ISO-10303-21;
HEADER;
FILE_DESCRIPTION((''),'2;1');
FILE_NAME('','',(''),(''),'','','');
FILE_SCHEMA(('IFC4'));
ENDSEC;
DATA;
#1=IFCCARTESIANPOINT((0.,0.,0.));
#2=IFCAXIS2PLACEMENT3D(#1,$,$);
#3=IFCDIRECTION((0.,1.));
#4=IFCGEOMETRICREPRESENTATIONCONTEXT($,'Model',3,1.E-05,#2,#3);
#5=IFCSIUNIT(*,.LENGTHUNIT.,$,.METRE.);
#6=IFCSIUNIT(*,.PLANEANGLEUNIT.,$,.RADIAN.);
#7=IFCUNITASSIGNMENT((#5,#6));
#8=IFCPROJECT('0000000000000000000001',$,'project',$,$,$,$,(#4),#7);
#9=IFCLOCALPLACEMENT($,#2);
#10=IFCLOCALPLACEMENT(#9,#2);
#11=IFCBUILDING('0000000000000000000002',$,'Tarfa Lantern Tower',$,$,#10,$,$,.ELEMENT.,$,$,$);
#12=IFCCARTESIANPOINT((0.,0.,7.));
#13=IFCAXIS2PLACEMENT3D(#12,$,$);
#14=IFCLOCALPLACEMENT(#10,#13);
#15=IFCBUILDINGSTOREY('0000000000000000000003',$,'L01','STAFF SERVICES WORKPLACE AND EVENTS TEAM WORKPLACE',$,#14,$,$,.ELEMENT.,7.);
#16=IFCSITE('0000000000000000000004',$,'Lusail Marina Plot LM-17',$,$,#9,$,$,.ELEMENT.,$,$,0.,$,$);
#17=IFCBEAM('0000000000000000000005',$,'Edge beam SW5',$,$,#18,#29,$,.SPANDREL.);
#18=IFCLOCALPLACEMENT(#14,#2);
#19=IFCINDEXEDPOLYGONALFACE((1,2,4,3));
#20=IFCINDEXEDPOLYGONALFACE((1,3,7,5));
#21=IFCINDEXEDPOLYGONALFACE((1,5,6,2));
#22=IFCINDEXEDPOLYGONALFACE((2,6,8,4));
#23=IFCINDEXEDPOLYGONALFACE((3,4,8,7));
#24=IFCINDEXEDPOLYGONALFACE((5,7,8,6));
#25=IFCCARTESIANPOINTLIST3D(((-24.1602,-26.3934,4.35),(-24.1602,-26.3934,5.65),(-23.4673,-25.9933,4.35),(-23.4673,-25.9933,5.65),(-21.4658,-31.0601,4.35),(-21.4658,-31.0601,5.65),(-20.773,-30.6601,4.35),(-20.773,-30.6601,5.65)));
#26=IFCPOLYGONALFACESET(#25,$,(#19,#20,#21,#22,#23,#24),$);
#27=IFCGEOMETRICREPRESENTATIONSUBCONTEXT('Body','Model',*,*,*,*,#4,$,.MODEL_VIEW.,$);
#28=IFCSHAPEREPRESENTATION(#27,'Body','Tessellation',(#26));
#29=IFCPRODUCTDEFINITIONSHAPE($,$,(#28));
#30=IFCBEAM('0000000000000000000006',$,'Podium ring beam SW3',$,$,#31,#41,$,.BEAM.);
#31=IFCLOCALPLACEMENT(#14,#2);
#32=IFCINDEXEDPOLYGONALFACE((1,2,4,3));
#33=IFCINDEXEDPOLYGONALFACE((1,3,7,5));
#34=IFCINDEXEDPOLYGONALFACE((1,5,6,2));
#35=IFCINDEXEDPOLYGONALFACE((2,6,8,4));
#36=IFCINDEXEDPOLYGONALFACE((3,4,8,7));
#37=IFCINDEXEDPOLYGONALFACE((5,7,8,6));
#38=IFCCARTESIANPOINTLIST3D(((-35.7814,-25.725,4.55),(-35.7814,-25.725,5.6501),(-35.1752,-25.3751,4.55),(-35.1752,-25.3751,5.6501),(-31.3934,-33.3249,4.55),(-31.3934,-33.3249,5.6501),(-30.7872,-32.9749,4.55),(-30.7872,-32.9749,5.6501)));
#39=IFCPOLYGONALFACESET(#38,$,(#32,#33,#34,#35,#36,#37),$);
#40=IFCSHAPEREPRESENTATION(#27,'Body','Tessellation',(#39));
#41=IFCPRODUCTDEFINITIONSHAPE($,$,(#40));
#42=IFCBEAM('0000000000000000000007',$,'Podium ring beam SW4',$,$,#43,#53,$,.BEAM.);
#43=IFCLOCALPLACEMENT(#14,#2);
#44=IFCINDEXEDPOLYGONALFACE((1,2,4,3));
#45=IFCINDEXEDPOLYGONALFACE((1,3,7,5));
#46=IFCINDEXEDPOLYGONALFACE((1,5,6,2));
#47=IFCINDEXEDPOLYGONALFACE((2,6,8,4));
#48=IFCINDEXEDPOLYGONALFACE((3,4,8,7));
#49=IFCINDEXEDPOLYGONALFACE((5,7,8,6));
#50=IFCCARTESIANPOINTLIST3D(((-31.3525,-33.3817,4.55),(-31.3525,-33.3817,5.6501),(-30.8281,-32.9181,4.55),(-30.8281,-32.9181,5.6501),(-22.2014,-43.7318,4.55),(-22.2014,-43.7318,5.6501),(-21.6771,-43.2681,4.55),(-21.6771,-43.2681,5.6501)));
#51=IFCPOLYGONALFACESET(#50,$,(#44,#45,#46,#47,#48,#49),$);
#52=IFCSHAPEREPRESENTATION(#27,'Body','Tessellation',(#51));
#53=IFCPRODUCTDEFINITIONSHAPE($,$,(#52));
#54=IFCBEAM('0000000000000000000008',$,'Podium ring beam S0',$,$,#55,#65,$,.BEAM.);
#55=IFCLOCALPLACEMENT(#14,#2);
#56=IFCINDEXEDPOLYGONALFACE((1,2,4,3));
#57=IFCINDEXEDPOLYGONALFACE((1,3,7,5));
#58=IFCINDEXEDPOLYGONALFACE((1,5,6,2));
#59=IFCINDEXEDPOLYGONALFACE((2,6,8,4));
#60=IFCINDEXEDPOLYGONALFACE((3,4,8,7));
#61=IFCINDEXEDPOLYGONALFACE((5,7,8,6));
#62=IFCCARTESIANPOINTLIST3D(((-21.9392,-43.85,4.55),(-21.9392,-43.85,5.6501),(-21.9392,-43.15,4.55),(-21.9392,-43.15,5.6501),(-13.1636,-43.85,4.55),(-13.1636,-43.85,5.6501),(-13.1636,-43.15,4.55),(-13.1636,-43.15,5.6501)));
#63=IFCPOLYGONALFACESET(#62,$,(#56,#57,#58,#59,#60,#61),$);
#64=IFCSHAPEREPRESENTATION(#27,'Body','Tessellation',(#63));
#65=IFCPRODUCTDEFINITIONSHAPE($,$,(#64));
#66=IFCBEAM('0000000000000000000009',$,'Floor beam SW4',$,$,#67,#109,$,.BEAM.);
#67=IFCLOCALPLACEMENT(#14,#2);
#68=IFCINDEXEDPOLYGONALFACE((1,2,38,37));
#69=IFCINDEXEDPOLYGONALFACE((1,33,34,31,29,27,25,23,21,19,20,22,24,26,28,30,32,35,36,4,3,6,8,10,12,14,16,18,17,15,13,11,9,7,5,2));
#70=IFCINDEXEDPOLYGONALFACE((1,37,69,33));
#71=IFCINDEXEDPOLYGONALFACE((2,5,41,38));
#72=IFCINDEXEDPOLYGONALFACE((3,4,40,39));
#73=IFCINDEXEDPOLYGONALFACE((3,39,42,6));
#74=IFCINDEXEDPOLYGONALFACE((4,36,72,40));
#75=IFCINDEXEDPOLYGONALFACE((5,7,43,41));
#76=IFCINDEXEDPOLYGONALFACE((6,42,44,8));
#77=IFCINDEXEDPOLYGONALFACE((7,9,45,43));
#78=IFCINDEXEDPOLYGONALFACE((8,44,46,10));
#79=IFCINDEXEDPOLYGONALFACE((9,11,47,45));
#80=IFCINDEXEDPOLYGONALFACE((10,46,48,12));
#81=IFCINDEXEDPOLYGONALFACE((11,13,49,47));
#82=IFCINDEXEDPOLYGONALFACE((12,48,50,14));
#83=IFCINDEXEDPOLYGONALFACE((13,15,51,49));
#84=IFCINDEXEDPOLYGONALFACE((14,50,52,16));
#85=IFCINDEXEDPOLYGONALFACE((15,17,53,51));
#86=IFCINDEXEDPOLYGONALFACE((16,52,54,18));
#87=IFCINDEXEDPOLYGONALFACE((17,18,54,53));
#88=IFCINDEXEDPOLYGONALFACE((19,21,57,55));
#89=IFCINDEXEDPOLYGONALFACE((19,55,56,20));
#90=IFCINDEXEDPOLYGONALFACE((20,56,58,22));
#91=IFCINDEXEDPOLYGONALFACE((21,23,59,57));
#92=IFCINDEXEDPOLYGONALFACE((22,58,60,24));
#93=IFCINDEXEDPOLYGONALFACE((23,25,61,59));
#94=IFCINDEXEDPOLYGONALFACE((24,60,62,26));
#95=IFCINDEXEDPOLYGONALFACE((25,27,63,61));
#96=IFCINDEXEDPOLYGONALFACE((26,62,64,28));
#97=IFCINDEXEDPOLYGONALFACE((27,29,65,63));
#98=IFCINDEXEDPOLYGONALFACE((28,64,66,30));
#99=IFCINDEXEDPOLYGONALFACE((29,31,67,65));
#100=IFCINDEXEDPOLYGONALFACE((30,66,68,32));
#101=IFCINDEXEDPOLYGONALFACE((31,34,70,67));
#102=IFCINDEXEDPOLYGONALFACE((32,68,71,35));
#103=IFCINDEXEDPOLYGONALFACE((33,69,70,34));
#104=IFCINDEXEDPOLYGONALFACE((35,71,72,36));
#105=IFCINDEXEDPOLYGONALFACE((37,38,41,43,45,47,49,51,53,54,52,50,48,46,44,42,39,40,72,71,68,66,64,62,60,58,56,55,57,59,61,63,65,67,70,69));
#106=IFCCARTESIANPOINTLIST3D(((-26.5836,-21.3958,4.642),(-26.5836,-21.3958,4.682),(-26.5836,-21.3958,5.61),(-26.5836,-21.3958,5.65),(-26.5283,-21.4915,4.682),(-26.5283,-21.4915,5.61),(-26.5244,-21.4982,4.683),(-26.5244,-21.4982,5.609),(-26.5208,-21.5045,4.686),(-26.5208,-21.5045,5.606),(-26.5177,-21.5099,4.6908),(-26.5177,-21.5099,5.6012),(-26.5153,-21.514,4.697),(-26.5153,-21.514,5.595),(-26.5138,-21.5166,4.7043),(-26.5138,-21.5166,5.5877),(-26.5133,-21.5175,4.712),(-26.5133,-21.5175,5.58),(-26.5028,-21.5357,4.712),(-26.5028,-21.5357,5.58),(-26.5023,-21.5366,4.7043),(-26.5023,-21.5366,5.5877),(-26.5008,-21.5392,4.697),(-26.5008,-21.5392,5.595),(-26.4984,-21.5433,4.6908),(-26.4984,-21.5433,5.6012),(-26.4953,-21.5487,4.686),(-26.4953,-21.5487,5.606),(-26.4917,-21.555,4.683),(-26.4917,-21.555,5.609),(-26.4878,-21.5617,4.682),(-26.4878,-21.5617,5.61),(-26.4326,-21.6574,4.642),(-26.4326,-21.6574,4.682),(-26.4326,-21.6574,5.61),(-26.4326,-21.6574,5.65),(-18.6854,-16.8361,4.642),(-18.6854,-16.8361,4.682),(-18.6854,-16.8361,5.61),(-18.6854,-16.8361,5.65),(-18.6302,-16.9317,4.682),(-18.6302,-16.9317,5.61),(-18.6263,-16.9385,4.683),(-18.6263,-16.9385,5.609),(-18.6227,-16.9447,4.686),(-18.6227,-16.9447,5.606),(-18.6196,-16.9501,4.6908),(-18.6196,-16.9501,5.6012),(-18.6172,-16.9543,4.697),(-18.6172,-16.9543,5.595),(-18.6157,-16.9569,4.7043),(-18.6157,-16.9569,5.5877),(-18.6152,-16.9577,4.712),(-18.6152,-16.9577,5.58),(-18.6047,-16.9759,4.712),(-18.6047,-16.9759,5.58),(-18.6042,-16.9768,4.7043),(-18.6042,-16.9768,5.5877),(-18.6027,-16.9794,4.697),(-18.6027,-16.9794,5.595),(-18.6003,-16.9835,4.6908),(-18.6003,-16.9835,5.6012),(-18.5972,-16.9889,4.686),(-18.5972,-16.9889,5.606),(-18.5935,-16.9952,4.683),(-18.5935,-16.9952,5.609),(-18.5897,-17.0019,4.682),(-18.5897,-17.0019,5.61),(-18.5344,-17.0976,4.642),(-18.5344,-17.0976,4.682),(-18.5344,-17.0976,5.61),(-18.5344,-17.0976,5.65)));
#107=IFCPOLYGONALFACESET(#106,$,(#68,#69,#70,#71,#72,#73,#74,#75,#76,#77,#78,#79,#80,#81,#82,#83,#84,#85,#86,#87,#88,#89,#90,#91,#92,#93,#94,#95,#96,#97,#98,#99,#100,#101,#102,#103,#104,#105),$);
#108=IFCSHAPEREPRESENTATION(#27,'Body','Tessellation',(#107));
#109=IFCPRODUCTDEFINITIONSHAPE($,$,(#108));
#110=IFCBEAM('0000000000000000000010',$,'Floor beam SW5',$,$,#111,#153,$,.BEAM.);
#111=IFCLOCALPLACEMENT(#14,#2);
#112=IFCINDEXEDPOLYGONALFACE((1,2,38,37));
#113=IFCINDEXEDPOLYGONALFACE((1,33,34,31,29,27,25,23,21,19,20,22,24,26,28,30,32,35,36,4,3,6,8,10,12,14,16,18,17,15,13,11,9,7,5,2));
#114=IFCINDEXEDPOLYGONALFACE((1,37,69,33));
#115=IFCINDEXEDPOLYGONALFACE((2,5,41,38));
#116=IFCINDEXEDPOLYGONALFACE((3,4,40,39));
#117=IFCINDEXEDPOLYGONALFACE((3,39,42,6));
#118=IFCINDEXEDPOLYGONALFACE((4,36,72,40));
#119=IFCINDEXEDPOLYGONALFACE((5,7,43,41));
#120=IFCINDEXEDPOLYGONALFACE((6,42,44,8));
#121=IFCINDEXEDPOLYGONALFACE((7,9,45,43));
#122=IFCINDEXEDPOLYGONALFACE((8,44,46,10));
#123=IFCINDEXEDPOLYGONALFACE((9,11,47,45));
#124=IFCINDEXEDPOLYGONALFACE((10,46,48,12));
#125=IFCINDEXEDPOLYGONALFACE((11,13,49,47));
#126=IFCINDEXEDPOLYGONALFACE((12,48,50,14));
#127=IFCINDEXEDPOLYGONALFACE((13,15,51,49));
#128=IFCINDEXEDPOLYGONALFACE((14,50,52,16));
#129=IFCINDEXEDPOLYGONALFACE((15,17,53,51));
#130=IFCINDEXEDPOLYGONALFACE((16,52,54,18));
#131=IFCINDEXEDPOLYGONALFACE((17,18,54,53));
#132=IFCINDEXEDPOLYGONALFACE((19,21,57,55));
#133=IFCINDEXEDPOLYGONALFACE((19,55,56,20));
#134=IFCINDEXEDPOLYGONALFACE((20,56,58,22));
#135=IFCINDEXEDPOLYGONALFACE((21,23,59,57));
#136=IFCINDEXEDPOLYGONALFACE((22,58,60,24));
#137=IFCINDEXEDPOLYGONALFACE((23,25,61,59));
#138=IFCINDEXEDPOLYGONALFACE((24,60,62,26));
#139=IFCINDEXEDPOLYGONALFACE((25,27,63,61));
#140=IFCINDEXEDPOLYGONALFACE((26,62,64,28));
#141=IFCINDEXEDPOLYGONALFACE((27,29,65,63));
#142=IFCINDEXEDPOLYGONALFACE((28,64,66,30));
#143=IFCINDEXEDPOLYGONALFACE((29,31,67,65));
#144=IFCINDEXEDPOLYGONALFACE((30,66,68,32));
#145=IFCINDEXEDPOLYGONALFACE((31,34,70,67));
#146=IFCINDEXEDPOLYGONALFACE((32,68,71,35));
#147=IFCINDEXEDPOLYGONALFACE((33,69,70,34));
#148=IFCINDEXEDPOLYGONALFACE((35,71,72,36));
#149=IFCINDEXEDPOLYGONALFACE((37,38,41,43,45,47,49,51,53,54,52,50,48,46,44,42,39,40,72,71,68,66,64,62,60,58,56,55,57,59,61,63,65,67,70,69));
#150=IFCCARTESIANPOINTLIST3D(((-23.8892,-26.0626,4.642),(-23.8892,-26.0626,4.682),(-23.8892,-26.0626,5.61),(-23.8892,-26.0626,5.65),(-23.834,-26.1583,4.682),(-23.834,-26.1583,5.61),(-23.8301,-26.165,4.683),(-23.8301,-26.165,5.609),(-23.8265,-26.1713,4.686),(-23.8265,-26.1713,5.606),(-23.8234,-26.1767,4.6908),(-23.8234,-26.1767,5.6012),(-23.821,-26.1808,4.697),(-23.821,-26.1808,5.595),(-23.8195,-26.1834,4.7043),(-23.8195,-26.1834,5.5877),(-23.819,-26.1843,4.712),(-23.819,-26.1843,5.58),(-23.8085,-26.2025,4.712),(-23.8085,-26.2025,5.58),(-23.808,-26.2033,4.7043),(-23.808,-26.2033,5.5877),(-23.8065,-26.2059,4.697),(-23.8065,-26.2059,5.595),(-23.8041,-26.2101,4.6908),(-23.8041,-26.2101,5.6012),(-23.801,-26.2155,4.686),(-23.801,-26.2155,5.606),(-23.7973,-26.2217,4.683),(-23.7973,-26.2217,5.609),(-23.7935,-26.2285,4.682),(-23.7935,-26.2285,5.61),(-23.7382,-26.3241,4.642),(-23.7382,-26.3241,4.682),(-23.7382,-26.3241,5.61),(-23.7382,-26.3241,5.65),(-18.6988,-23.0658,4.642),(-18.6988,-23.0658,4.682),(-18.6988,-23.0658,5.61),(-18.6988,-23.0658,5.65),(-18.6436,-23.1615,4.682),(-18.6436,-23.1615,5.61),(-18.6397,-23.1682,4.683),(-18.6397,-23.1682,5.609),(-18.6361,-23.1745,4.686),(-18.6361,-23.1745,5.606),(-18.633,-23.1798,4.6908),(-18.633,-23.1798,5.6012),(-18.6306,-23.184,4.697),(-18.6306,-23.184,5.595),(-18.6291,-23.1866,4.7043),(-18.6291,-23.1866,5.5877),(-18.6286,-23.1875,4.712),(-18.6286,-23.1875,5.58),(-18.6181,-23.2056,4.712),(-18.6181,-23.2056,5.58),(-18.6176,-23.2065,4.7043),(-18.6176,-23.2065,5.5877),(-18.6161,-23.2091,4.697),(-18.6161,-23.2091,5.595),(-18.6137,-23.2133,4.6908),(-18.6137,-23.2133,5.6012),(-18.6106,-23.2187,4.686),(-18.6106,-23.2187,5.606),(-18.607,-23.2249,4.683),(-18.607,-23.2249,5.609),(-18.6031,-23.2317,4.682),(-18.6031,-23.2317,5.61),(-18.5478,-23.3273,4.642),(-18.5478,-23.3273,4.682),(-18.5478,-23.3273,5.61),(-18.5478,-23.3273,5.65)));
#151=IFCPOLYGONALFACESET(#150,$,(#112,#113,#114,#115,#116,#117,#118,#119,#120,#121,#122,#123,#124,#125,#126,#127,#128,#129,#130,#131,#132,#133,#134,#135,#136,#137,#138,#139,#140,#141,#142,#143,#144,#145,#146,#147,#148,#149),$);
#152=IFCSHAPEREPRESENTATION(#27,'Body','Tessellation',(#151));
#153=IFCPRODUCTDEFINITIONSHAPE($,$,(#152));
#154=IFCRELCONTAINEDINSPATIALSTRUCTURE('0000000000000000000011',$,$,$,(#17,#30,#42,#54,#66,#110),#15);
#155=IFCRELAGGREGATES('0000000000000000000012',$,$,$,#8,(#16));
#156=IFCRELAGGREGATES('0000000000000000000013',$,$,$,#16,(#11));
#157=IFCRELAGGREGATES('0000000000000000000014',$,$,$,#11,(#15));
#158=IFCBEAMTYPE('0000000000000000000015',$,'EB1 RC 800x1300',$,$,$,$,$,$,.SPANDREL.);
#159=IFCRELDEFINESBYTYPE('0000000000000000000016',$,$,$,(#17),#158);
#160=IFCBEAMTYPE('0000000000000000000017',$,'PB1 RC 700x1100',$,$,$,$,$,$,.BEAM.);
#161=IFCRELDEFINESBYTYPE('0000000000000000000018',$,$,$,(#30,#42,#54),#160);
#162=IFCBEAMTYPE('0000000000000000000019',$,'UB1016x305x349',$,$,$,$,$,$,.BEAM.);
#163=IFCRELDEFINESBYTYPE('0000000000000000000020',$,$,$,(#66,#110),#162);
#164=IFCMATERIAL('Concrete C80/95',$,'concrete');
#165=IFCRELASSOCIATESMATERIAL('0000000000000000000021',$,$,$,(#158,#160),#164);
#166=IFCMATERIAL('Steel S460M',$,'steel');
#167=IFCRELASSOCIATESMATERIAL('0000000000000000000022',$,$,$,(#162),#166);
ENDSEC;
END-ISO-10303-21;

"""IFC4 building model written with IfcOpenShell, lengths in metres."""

from ifc_helpers import new_model, si_unit, direction, frame, origin, origin_2d, place, context, subcontext, project, spatial, rectangle, i_section, extrude, material, material_profile, profile_set, type_object, element, save


model = new_model("IFC4")

# Units and contexts
model_context = context("Model", 3, precision=1e-05, world=origin(), true_north=direction((0.0, 1.0)))
body_context = subcontext(model_context, "Body", "Model", "MODEL_VIEW")
ifc_project = project(units=[si_unit("LENGTHUNIT", "METRE"), si_unit("PLANEANGLEUNIT", "RADIAN")], contexts=[model_context])

# Site, building, storey
site_placement = place(None, origin())
site = spatial("IfcSite", under=ifc_project, at=site_placement, Name="Lusail Marina Plot LM-17", CompositionType="ELEMENT", RefElevation=0.0)
building_placement = place(site_placement, origin())
building = spatial("IfcBuilding", under=site, at=building_placement, Name="Tarfa Lantern Tower", CompositionType="ELEMENT")
storey_placement = place(building_placement, frame((0.0, 0.0, 7.0)))
storey = spatial("IfcBuildingStorey", under=building, at=storey_placement, Name="L01", Description="STAFF SERVICES WORKPLACE AND EVENTS TEAM WORKPLACE", CompositionType="ELEMENT", Elevation=7.0)

# Shared definitions
ifc_material_1 = material(Name="Concrete C80/95", Category="concrete")

# Beams
ifc_material_profile_1 = material_profile(ifc_material_1, rectangle(XDim=0.8, YDim=1.3, at=origin_2d()), Name="RC 800x1300")
ifc_profile_set_1 = profile_set([ifc_material_profile_1], Name="Concrete C80/95")
beam_type_1 = type_object("IfcBeamType", Name="EB1 RC 800x1300", PredefinedType="SPANDREL", material=ifc_profile_set_1)
for number, where, z_axis, x_axis, name in (
    (1, (-23.8137, -26.1934, 5.0), (0.499998, -0.866026, 0.0), (0.866026, 0.499998, 0.0), "Edge beam SW5"),
):
    element("IfcBeam", number, at=place(storey_placement, frame(where, z_axis=z_axis, x_axis=x_axis)), inside=storey, type_object=beam_type_1, Name=name, PredefinedType="SPANDREL", context=body_context, shape_type="SweptSolid", body=[
        extrude(rectangle(XDim=0.8, YDim=1.3, at=origin_2d()), origin(), (0.0, 0.0, 1.0), 5.3887),
    ])
ifc_material_profile_2 = material_profile(ifc_material_1, rectangle(XDim=0.7, YDim=1.1001, at=origin_2d()), Name="RC 700x1100")
ifc_profile_set_2 = profile_set([ifc_material_profile_2], Name="Concrete C80/95")
beam_type_2 = type_object("IfcBeamType", Name="PB1 RC 700x1100", PredefinedType="BEAM", material=ifc_profile_set_2)
beam_1_placement = place(storey_placement, frame((-35.4783, -25.55, 5.1001), z_axis=(0.500014, -0.866017, 0.0), x_axis=(0.866017, 0.500014, 0.0)))
element("IfcBeam", 2, at=beam_1_placement, inside=storey, type_object=beam_type_2, Name="Podium ring beam SW3", PredefinedType="BEAM", context=body_context, shape_type="SweptSolid", body=[
    extrude(rectangle(XDim=0.7, YDim=1.1001, at=origin_2d()), origin(), (0.0, 0.0, 1.0), 8.7756),
])
beam_2_placement = place(storey_placement, frame((-31.0903, -33.1499, 5.1001), z_axis=(0.662382, -0.749167, 0.0), x_axis=(0.749167, 0.662382, 0.0)))
element("IfcBeam", 3, at=beam_2_placement, inside=storey, type_object=beam_type_2, Name="Podium ring beam SW4", PredefinedType="BEAM", context=body_context, shape_type="SweptSolid", body=[
    extrude(rectangle(XDim=0.7, YDim=1.1001, at=origin_2d()), origin(), (0.0, 0.0, 1.0), 13.8154),
])
beam_3_placement = place(storey_placement, frame((-21.9392, -43.5, 5.1001), z_axis=(1.0, 0.0, 0.0), x_axis=(0.0, 1.0, 0.0)))
element("IfcBeam", 4, at=beam_3_placement, inside=storey, type_object=beam_type_2, Name="Podium ring beam S0", PredefinedType="BEAM", context=body_context, shape_type="SweptSolid", body=[
    extrude(rectangle(XDim=0.7, YDim=1.1001, at=origin_2d()), origin(), (0.0, 0.0, 1.0), 8.7756),
])
ifc_material_2 = material(Name="Steel S460M", Category="steel")
ifc_material_profile_3 = material_profile(ifc_material_2, i_section(OverallWidth=0.302, OverallDepth=1.0081, WebThickness=0.021, FlangeThickness=0.04, FilletRadius=0.03, at=origin_2d()), Name="UB1016x305x349")
ifc_profile_set_3 = profile_set([ifc_material_profile_3], Name="Steel S460M")
beam_type_3 = type_object("IfcBeamType", Name="UB1016x305x349", PredefinedType="BEAM", material=ifc_profile_set_3)
beam_4_placement = place(storey_placement, frame((-26.5081, -21.5266, 5.146), z_axis=(0.866035, 0.499983, 0.0), x_axis=(-0.499983, 0.866035, 0.0)))
element("IfcBeam", 5, at=beam_4_placement, inside=storey, type_object=beam_type_3, Name="Floor beam SW4", PredefinedType="BEAM", context=body_context, shape_type="SweptSolid", body=[
    extrude(i_section(OverallWidth=0.302, OverallDepth=1.0081, WebThickness=0.021, FlangeThickness=0.04, FilletRadius=0.03, at=origin_2d()), origin(), (0.0, 0.0, 1.0), 9.1199),
])
beam_5_placement = place(storey_placement, frame((-23.8137, -26.1934, 5.146), z_axis=(0.866016, 0.500016, 0.0), x_axis=(-0.500016, 0.866016, 0.0)))
element("IfcBeam", 6, at=beam_5_placement, inside=storey, type_object=beam_type_3, Name="Floor beam SW5", PredefinedType="BEAM", context=body_context, shape_type="SweptSolid", body=[
    extrude(i_section(OverallWidth=0.302, OverallDepth=1.0081, WebThickness=0.021, FlangeThickness=0.04, FilletRadius=0.03, at=origin_2d()), origin(), (0.0, 0.0, 1.0), 5.9934),
])

save(model, "model.ifc")
